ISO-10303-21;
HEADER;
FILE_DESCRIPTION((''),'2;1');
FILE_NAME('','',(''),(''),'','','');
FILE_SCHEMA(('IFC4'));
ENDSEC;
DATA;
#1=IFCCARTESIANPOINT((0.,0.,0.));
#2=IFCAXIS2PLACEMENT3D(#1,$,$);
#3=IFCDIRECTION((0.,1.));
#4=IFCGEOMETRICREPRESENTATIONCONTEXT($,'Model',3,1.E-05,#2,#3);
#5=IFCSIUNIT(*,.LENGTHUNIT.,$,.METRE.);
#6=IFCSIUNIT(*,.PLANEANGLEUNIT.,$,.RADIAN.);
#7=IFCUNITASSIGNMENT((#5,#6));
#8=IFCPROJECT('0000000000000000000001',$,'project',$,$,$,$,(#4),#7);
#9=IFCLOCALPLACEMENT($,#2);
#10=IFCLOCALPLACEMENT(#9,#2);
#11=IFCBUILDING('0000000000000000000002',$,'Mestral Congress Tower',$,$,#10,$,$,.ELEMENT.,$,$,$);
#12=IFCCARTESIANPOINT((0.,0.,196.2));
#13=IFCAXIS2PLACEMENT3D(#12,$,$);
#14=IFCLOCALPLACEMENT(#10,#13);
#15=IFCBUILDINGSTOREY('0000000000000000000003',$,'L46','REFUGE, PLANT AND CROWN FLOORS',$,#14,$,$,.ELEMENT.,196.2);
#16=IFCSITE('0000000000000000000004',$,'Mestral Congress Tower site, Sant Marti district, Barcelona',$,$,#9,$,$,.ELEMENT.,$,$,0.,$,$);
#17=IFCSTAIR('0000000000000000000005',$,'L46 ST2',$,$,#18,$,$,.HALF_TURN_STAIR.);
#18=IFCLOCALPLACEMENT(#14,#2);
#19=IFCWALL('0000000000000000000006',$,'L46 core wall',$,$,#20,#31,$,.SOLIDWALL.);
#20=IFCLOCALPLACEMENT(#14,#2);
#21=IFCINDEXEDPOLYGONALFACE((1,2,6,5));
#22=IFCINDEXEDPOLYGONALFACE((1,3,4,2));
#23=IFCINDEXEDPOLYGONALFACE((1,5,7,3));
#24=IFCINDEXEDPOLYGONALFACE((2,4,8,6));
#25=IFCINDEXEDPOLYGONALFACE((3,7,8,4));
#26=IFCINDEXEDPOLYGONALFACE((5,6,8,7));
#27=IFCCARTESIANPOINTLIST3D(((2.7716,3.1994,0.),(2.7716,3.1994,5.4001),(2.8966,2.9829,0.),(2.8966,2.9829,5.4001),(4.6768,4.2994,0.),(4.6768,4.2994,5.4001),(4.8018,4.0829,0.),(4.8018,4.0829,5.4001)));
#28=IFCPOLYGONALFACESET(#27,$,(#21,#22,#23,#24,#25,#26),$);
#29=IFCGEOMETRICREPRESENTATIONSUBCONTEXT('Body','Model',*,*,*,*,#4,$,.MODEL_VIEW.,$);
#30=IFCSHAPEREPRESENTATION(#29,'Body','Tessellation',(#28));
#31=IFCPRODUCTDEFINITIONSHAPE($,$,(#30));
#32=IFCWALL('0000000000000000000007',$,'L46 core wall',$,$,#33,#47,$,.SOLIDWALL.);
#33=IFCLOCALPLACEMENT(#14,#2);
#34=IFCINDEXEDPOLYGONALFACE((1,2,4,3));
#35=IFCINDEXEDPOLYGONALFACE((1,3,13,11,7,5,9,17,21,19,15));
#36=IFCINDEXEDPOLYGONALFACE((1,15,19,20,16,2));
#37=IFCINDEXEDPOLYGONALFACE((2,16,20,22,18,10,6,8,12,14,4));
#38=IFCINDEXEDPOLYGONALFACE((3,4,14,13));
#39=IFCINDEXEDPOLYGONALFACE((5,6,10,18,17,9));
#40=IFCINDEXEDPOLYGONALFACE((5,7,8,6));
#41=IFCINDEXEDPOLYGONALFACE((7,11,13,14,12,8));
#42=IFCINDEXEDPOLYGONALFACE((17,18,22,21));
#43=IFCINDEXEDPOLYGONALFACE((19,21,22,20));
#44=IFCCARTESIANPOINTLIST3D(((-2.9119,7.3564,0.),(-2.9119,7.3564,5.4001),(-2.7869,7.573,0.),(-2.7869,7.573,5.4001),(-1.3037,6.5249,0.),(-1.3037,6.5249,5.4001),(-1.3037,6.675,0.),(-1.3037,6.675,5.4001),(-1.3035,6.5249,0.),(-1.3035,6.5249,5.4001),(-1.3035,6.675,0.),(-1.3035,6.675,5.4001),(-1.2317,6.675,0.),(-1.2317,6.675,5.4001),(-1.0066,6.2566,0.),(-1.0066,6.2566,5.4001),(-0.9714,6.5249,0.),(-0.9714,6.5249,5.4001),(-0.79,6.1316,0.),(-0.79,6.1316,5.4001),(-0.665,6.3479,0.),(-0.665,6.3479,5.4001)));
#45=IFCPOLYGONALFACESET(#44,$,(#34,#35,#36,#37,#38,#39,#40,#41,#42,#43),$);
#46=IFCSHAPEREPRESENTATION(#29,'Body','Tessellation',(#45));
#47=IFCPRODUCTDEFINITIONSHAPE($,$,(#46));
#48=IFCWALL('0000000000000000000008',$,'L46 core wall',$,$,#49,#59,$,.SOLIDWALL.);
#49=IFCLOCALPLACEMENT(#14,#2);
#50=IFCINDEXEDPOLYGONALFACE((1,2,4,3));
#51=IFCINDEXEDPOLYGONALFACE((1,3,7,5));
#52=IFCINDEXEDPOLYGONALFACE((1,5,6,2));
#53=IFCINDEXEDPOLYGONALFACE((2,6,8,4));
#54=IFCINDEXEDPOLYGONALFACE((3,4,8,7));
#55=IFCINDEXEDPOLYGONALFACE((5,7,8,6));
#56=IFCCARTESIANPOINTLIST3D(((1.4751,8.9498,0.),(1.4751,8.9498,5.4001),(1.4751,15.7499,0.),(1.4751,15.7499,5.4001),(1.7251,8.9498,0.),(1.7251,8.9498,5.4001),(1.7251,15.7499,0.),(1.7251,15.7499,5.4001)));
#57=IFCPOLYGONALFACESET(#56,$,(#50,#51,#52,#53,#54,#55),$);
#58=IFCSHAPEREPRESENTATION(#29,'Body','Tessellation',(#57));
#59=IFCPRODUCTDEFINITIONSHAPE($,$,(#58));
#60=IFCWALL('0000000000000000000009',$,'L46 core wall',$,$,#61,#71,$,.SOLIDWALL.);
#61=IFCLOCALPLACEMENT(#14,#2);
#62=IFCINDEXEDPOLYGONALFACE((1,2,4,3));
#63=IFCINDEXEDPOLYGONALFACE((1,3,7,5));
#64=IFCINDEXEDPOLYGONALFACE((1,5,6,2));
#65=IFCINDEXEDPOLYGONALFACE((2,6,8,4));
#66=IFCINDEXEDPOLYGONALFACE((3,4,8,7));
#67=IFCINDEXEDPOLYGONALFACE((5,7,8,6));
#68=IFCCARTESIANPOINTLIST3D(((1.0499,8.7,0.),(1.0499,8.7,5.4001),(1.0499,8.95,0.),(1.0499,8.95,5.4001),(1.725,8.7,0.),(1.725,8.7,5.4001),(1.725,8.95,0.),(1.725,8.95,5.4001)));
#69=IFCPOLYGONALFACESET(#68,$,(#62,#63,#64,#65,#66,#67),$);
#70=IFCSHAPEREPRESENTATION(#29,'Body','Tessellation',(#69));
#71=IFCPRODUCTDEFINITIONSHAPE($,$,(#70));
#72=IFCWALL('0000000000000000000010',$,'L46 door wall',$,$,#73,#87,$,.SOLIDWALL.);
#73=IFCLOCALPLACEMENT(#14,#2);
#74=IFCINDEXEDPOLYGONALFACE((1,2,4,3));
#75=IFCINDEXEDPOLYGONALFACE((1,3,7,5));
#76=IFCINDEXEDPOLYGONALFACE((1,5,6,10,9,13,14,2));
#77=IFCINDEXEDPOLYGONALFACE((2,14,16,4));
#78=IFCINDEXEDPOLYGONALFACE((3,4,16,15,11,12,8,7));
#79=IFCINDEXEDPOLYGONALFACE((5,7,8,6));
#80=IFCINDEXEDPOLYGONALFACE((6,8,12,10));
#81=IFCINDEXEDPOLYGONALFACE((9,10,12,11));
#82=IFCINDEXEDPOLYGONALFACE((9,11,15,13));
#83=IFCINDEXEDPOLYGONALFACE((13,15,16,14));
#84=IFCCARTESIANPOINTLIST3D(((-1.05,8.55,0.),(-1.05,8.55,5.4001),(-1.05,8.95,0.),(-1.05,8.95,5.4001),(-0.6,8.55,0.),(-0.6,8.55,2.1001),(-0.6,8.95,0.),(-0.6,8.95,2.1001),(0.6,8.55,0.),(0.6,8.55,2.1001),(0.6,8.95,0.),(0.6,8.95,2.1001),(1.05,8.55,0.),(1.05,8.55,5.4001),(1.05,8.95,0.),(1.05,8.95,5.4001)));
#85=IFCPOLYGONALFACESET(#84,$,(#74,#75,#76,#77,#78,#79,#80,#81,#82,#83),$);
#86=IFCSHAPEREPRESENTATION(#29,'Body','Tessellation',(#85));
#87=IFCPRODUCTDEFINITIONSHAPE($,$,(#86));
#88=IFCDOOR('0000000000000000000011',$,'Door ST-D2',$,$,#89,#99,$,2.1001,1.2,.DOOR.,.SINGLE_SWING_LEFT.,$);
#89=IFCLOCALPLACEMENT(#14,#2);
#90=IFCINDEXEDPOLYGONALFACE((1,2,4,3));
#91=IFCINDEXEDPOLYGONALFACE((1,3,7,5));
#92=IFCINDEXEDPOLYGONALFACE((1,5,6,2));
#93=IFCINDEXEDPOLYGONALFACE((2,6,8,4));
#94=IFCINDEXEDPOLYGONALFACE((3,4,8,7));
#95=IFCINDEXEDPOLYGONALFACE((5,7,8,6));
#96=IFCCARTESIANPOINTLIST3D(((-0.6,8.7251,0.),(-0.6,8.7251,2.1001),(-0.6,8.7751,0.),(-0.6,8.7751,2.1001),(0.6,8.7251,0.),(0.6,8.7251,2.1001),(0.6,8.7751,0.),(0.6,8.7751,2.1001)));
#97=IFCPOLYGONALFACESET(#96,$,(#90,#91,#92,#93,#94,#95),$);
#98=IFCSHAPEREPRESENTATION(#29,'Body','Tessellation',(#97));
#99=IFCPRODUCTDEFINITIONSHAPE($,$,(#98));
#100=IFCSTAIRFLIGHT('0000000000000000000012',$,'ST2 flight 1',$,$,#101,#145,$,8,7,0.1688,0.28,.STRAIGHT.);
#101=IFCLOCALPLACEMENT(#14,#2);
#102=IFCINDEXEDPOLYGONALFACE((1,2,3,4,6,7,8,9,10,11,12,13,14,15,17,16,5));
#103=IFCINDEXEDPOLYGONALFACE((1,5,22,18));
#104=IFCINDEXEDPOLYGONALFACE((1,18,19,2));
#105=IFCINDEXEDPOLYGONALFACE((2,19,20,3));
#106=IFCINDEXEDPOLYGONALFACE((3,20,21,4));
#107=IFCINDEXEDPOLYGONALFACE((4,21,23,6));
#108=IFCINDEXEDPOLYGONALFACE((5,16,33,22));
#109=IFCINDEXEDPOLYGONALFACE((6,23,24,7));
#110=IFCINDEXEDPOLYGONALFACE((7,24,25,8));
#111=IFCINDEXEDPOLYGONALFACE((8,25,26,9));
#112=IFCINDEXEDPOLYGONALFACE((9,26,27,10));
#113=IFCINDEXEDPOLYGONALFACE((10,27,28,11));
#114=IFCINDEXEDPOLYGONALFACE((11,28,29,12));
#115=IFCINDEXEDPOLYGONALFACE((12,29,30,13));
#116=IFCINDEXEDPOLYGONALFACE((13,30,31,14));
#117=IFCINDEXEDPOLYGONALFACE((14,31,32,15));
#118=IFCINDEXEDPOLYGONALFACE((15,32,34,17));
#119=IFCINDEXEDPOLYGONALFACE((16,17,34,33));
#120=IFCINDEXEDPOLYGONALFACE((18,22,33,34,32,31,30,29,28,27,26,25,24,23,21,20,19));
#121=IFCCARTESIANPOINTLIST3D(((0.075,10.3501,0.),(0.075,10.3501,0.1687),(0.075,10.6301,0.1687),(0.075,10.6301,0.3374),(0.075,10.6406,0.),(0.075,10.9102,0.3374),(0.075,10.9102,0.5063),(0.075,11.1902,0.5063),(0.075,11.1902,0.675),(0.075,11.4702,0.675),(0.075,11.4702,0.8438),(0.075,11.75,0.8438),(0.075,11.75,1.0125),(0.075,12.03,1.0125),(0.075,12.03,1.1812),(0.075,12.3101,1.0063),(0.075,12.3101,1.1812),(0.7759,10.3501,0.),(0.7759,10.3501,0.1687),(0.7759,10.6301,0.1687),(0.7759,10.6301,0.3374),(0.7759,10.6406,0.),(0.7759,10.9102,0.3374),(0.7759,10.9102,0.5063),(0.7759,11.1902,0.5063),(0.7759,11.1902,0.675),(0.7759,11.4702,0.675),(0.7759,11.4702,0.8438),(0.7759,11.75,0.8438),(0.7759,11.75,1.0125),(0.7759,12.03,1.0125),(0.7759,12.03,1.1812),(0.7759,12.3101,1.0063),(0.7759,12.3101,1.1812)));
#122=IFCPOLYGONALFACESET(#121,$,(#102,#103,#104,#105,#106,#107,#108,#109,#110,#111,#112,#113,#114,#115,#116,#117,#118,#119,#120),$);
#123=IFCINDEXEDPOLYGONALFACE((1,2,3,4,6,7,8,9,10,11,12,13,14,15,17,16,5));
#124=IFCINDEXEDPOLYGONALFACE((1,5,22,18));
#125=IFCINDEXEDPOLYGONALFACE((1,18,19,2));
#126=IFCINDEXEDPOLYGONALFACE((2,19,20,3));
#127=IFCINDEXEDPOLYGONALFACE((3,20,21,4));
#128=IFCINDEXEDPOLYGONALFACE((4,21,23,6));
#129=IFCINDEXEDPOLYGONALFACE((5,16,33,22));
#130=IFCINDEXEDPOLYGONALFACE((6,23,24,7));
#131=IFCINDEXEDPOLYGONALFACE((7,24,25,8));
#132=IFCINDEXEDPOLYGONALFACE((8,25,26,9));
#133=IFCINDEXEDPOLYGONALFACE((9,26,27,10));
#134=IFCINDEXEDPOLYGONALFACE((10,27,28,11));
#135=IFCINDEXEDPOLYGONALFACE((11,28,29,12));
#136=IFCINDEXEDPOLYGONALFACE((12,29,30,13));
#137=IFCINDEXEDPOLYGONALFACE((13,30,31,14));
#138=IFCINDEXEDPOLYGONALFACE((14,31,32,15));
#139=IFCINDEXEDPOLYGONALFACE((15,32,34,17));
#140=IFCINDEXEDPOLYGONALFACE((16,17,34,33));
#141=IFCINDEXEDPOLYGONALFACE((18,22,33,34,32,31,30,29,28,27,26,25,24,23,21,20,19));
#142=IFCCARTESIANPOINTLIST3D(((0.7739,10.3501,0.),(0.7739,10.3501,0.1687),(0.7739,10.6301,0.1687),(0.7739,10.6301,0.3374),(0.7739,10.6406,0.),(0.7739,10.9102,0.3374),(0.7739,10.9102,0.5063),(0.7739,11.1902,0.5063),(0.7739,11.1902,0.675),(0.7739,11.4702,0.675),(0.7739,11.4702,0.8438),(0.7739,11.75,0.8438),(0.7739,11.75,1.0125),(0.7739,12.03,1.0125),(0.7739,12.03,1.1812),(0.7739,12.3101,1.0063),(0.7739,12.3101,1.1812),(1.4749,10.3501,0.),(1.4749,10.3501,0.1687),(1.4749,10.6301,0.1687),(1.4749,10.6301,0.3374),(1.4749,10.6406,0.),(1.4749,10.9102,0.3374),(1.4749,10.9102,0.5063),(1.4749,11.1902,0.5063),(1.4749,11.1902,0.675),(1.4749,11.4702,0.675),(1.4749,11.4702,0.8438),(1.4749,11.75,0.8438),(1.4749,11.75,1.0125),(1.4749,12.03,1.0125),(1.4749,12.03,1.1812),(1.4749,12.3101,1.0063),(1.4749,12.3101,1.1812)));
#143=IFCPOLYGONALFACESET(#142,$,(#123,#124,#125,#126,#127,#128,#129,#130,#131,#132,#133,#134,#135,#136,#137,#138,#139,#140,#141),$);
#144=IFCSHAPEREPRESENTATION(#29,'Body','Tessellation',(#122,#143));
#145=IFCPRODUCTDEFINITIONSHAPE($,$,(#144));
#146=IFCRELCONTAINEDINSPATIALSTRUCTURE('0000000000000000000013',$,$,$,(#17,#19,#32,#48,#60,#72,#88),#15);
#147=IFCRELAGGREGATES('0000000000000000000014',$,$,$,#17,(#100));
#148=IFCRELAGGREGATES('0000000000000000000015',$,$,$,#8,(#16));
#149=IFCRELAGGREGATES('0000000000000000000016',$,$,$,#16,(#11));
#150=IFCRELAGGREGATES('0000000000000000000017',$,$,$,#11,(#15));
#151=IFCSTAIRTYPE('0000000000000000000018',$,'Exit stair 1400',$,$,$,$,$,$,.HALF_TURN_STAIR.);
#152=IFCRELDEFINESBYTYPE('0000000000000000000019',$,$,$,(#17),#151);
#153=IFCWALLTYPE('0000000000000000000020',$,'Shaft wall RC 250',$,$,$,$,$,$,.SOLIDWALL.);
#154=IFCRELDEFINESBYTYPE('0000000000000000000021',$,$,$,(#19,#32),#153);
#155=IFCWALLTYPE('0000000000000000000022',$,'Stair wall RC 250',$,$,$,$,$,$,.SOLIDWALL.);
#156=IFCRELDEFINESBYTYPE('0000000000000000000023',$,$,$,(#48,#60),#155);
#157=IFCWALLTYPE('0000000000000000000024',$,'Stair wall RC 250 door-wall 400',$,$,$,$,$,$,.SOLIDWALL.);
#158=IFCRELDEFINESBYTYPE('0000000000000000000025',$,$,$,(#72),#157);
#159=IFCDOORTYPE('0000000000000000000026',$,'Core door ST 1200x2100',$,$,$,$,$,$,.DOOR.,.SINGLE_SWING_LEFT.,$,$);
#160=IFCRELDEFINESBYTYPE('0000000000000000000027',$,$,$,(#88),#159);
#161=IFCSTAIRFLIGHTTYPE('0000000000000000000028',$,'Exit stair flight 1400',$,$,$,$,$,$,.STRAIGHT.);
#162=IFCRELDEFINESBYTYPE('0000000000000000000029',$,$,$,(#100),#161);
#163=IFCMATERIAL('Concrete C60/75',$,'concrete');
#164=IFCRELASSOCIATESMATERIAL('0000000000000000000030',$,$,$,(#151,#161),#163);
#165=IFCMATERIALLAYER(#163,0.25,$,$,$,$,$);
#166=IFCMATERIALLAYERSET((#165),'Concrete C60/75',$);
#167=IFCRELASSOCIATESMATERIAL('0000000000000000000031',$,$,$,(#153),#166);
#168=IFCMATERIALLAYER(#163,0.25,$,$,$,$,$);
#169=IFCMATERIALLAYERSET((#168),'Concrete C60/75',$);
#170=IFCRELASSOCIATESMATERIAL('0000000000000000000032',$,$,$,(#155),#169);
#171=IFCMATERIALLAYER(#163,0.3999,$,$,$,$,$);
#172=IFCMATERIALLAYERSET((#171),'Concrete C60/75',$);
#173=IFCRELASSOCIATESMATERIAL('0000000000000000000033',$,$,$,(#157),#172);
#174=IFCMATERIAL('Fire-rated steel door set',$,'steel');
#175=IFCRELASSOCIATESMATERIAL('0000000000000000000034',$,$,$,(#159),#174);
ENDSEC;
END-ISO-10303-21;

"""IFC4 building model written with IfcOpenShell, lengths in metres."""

from ifc_helpers import new_model, si_unit, direction, frame, frame_2d, origin, place, context, subcontext, project, spatial, polyline, rectangle, outline, extrude, material, layer, layer_set, type_object, element, fill, aggregate, save


model = new_model("IFC4")

# Units and contexts
model_context = context("Model", 3, precision=1e-05, world=origin(), true_north=direction((0.0, 1.0)))
body_context = subcontext(model_context, "Body", "Model", "MODEL_VIEW")
ifc_project = project(units=[si_unit("LENGTHUNIT", "METRE"), si_unit("PLANEANGLEUNIT", "RADIAN")], contexts=[model_context])

# Site, building, storey
site_placement = place(None, origin())
site = spatial("IfcSite", under=ifc_project, at=site_placement, Name="Mestral Congress Tower site, Sant Marti district, Barcelona", CompositionType="ELEMENT", RefElevation=0.0)
building_placement = place(site_placement, origin())
building = spatial("IfcBuilding", under=site, at=building_placement, Name="Mestral Congress Tower", CompositionType="ELEMENT")
storey_placement = place(building_placement, frame((0.0, 0.0, 196.2)))
storey = spatial("IfcBuildingStorey", under=building, at=storey_placement, Name="L46", Description="REFUGE, PLANT AND CROWN FLOORS", CompositionType="ELEMENT", Elevation=196.2)

# Shared definitions
ifc_material_1 = material(Name="Concrete C60/75", Category="concrete")

# Stair
stair_type = type_object("IfcStairType", Name="Exit stair 1400", PredefinedType="HALF_TURN_STAIR", material=ifc_material_1)
placement_1 = place(storey_placement, origin())
stair_1 = element("IfcStair", 1, at=placement_1, inside=storey, type_object=stair_type, Name="L46 ST2", PredefinedType="HALF_TURN_STAIR")

# Walls
ifc_layer_1 = layer(ifc_material_1, 0.25)
ifc_layer_set_1 = layer_set([ifc_layer_1], Name="Concrete C60/75")
wall_type_1 = type_object("IfcWallType", Name="Shaft wall RC 250", PredefinedType="SOLIDWALL", material=ifc_layer_set_1)
wall_1_placement = place(storey_placement, frame((2.834, 3.0911, 0.0), z_axis=(0.0, 0.0, 1.0), x_axis=(0.866008, 0.50003, 0.0)))
element("IfcWall", 2, at=wall_1_placement, inside=storey, type_object=wall_type_1, Name="L46 core wall", PredefinedType="SOLIDWALL", context=body_context, shape_type="SweptSolid", body=[
    extrude(rectangle(XDim=2.2, YDim=0.25, at=frame_2d((1.1001, 0.0))), origin(), (0.0, 0.0, 1.0), 5.4001),
])
element("IfcWall", 3, at=placement_1, inside=storey, type_object=wall_type_1, Name="L46 core wall", PredefinedType="SOLIDWALL", context=body_context, shape_type="SweptSolid", body=[
    extrude(outline(polyline([(-2.9119, 7.3564), (-2.7869, 7.573), (-1.2317, 6.675), (-1.3035, 6.675), (-1.3037, 6.675), (-1.3037, 6.675), (-1.3037, 6.5249), (-1.3037, 6.5249), (-1.3035, 6.5249), (-0.9714, 6.5249), (-0.665, 6.3479), (-0.79, 6.1316), (-1.0066, 6.2566), (-1.0066, 6.2566), (-2.9119, 7.3564)])), origin(), (0.0, 0.0, 1.0), 5.4001),
])
ifc_layer_2 = layer(ifc_material_1, 0.25)
ifc_layer_set_2 = layer_set([ifc_layer_2], Name="Concrete C60/75")
wall_type_2 = type_object("IfcWallType", Name="Stair wall RC 250", PredefinedType="SOLIDWALL", material=ifc_layer_set_2)
wall_2_placement = place(storey_placement, frame((1.6001, 8.95, 0.0), z_axis=(0.0, 0.0, 1.0), x_axis=(0.0, 1.0, 0.0)))
element("IfcWall", 4, at=wall_2_placement, inside=storey, type_object=wall_type_2, Name="L46 core wall", PredefinedType="SOLIDWALL", context=body_context, shape_type="SweptSolid", body=[
    extrude(rectangle(XDim=6.8, YDim=0.25, at=frame_2d((3.3999, 0.0))), origin(), (0.0, 0.0, 1.0), 5.4001),
])
wall_3_placement = place(storey_placement, frame((1.05, 8.825, 0.0), z_axis=(0.0, 0.0, 1.0), x_axis=(1.0, 0.0, 0.0)))
element("IfcWall", 5, at=wall_3_placement, inside=storey, type_object=wall_type_2, Name="L46 core wall", PredefinedType="SOLIDWALL", context=body_context, shape_type="SweptSolid", body=[
    extrude(rectangle(XDim=0.675, YDim=0.25, at=frame_2d((0.3374, 0.0))), origin(), (0.0, 0.0, 1.0), 5.4001),
])

# Wall, opening, door
ifc_layer_3 = layer(ifc_material_1, 0.3999)
ifc_layer_set_3 = layer_set([ifc_layer_3], Name="Concrete C60/75")
wall_type_3 = type_object("IfcWallType", Name="Stair wall RC 250 door-wall 400", PredefinedType="SOLIDWALL", material=ifc_layer_set_3)
wall_4_placement = place(storey_placement, frame((1.05, 8.75, 0.0), z_axis=(0.0, 0.0, 1.0), x_axis=(-1.0, 0.0, 0.0)))
wall_4 = element("IfcWall", 6, at=wall_4_placement, inside=storey, type_object=wall_type_3, Name="L46 door wall", PredefinedType="SOLIDWALL", context=body_context, shape_type="SweptSolid", body=[
    extrude(rectangle(XDim=2.1001, YDim=0.3999, at=frame_2d((1.05, 0.0))), origin(), (0.0, 0.0, 1.0), 5.4001),
])
opening_placement = place(wall_4_placement, frame((0.45, 0.0, 0.0)))
opening = element("IfcOpeningElement", 7, at=opening_placement, cuts=wall_4, PredefinedType="OPENING", context=body_context, shape_type="SweptSolid", body=[
    extrude(rectangle(XDim=1.2, YDim=2.1001, at=frame_2d((0.6001, 1.05))), frame((0.0, 0.21, 0.0), z_axis=(0.0, -1.0, 0.0), x_axis=(1.0, 0.0, 0.0)), (0.0, 0.0, 1.0), 0.4199),
])
ifc_material_2 = material(Name="Fire-rated steel door set", Category="steel")
door_type = type_object("IfcDoorType", Name="Core door ST 1200x2100", OperationType="SINGLE_SWING_LEFT", PredefinedType="DOOR", material=ifc_material_2)
door_placement = place(opening_placement, origin())
door = element("IfcDoor", 8, at=door_placement, inside=storey, type_object=door_type, Name="Door ST-D2", OperationType="SINGLE_SWING_LEFT", OverallHeight=2.1001, OverallWidth=1.2, PredefinedType="DOOR", context=body_context, shape_type="SweptSolid", body=[
    extrude(rectangle(XDim=1.2, YDim=2.1001, at=frame_2d((0.6001, 1.05))), frame((0.0, 0.0249, 0.0), z_axis=(0.0, -1.0, 0.0), x_axis=(1.0, 0.0, 0.0)), (0.0, 0.0, 1.0), 0.05),
])
fill(opening, door)

# Stair flight
stair_flight_type = type_object("IfcStairFlightType", Name="Exit stair flight 1400", PredefinedType="STRAIGHT", material=ifc_material_1)
stair_flight_placement = place(storey_placement, frame((0.7749, 10.3501, 0.0), z_axis=(0.0, 0.0, 1.0), x_axis=(0.0, 1.0, 0.0)))
stair_flight = element("IfcStairFlight", 9, at=stair_flight_placement, type_object=stair_flight_type, Name="ST2 flight 1", NumberOfRisers=8, NumberOfTreads=7, PredefinedType="STRAIGHT", RiserHeight=0.1688, TreadLength=0.28, context=body_context, shape_type="SweptSolid", body=[
    extrude(outline(polyline([(0.0, 0.0), (0.0, 0.1687), (0.28, 0.1687), (0.28, 0.3374), (0.5601, 0.3374), (0.5601, 0.5063), (0.8401, 0.5063), (0.8401, 0.675), (1.1201, 0.675), (1.1201, 0.8438), (1.3999, 0.8438), (1.3999, 1.0125), (1.6799, 1.0125), (1.6799, 1.1812), (1.96, 1.1812), (1.96, 1.3501), (1.96, 1.0063), (0.2905, 0.0), (0.0, 0.0)])), frame((0.0, 0.7, 0.0), z_axis=(0.0, -1.0, 0.0), x_axis=(1.0, 0.0, 0.0)), (0.0, 0.0, 1.0), 0.7009),
    extrude(outline(polyline([(0.0, 0.0), (0.0, 0.1687), (0.28, 0.1687), (0.28, 0.3374), (0.5601, 0.3374), (0.5601, 0.5063), (0.8401, 0.5063), (0.8401, 0.675), (1.1201, 0.675), (1.1201, 0.8438), (1.3999, 0.8438), (1.3999, 1.0125), (1.6799, 1.0125), (1.6799, 1.1812), (1.96, 1.1812), (1.96, 1.3501), (1.96, 1.0063), (0.2905, 0.0), (0.0, 0.0)])), frame((0.0, 0.001, 0.0), z_axis=(0.0, -1.0, 0.0), x_axis=(1.0, 0.0, 0.0)), (0.0, 0.0, 1.0), 0.7009),
])
aggregate(stair_1, [stair_flight])

save(model, "model.ifc")
